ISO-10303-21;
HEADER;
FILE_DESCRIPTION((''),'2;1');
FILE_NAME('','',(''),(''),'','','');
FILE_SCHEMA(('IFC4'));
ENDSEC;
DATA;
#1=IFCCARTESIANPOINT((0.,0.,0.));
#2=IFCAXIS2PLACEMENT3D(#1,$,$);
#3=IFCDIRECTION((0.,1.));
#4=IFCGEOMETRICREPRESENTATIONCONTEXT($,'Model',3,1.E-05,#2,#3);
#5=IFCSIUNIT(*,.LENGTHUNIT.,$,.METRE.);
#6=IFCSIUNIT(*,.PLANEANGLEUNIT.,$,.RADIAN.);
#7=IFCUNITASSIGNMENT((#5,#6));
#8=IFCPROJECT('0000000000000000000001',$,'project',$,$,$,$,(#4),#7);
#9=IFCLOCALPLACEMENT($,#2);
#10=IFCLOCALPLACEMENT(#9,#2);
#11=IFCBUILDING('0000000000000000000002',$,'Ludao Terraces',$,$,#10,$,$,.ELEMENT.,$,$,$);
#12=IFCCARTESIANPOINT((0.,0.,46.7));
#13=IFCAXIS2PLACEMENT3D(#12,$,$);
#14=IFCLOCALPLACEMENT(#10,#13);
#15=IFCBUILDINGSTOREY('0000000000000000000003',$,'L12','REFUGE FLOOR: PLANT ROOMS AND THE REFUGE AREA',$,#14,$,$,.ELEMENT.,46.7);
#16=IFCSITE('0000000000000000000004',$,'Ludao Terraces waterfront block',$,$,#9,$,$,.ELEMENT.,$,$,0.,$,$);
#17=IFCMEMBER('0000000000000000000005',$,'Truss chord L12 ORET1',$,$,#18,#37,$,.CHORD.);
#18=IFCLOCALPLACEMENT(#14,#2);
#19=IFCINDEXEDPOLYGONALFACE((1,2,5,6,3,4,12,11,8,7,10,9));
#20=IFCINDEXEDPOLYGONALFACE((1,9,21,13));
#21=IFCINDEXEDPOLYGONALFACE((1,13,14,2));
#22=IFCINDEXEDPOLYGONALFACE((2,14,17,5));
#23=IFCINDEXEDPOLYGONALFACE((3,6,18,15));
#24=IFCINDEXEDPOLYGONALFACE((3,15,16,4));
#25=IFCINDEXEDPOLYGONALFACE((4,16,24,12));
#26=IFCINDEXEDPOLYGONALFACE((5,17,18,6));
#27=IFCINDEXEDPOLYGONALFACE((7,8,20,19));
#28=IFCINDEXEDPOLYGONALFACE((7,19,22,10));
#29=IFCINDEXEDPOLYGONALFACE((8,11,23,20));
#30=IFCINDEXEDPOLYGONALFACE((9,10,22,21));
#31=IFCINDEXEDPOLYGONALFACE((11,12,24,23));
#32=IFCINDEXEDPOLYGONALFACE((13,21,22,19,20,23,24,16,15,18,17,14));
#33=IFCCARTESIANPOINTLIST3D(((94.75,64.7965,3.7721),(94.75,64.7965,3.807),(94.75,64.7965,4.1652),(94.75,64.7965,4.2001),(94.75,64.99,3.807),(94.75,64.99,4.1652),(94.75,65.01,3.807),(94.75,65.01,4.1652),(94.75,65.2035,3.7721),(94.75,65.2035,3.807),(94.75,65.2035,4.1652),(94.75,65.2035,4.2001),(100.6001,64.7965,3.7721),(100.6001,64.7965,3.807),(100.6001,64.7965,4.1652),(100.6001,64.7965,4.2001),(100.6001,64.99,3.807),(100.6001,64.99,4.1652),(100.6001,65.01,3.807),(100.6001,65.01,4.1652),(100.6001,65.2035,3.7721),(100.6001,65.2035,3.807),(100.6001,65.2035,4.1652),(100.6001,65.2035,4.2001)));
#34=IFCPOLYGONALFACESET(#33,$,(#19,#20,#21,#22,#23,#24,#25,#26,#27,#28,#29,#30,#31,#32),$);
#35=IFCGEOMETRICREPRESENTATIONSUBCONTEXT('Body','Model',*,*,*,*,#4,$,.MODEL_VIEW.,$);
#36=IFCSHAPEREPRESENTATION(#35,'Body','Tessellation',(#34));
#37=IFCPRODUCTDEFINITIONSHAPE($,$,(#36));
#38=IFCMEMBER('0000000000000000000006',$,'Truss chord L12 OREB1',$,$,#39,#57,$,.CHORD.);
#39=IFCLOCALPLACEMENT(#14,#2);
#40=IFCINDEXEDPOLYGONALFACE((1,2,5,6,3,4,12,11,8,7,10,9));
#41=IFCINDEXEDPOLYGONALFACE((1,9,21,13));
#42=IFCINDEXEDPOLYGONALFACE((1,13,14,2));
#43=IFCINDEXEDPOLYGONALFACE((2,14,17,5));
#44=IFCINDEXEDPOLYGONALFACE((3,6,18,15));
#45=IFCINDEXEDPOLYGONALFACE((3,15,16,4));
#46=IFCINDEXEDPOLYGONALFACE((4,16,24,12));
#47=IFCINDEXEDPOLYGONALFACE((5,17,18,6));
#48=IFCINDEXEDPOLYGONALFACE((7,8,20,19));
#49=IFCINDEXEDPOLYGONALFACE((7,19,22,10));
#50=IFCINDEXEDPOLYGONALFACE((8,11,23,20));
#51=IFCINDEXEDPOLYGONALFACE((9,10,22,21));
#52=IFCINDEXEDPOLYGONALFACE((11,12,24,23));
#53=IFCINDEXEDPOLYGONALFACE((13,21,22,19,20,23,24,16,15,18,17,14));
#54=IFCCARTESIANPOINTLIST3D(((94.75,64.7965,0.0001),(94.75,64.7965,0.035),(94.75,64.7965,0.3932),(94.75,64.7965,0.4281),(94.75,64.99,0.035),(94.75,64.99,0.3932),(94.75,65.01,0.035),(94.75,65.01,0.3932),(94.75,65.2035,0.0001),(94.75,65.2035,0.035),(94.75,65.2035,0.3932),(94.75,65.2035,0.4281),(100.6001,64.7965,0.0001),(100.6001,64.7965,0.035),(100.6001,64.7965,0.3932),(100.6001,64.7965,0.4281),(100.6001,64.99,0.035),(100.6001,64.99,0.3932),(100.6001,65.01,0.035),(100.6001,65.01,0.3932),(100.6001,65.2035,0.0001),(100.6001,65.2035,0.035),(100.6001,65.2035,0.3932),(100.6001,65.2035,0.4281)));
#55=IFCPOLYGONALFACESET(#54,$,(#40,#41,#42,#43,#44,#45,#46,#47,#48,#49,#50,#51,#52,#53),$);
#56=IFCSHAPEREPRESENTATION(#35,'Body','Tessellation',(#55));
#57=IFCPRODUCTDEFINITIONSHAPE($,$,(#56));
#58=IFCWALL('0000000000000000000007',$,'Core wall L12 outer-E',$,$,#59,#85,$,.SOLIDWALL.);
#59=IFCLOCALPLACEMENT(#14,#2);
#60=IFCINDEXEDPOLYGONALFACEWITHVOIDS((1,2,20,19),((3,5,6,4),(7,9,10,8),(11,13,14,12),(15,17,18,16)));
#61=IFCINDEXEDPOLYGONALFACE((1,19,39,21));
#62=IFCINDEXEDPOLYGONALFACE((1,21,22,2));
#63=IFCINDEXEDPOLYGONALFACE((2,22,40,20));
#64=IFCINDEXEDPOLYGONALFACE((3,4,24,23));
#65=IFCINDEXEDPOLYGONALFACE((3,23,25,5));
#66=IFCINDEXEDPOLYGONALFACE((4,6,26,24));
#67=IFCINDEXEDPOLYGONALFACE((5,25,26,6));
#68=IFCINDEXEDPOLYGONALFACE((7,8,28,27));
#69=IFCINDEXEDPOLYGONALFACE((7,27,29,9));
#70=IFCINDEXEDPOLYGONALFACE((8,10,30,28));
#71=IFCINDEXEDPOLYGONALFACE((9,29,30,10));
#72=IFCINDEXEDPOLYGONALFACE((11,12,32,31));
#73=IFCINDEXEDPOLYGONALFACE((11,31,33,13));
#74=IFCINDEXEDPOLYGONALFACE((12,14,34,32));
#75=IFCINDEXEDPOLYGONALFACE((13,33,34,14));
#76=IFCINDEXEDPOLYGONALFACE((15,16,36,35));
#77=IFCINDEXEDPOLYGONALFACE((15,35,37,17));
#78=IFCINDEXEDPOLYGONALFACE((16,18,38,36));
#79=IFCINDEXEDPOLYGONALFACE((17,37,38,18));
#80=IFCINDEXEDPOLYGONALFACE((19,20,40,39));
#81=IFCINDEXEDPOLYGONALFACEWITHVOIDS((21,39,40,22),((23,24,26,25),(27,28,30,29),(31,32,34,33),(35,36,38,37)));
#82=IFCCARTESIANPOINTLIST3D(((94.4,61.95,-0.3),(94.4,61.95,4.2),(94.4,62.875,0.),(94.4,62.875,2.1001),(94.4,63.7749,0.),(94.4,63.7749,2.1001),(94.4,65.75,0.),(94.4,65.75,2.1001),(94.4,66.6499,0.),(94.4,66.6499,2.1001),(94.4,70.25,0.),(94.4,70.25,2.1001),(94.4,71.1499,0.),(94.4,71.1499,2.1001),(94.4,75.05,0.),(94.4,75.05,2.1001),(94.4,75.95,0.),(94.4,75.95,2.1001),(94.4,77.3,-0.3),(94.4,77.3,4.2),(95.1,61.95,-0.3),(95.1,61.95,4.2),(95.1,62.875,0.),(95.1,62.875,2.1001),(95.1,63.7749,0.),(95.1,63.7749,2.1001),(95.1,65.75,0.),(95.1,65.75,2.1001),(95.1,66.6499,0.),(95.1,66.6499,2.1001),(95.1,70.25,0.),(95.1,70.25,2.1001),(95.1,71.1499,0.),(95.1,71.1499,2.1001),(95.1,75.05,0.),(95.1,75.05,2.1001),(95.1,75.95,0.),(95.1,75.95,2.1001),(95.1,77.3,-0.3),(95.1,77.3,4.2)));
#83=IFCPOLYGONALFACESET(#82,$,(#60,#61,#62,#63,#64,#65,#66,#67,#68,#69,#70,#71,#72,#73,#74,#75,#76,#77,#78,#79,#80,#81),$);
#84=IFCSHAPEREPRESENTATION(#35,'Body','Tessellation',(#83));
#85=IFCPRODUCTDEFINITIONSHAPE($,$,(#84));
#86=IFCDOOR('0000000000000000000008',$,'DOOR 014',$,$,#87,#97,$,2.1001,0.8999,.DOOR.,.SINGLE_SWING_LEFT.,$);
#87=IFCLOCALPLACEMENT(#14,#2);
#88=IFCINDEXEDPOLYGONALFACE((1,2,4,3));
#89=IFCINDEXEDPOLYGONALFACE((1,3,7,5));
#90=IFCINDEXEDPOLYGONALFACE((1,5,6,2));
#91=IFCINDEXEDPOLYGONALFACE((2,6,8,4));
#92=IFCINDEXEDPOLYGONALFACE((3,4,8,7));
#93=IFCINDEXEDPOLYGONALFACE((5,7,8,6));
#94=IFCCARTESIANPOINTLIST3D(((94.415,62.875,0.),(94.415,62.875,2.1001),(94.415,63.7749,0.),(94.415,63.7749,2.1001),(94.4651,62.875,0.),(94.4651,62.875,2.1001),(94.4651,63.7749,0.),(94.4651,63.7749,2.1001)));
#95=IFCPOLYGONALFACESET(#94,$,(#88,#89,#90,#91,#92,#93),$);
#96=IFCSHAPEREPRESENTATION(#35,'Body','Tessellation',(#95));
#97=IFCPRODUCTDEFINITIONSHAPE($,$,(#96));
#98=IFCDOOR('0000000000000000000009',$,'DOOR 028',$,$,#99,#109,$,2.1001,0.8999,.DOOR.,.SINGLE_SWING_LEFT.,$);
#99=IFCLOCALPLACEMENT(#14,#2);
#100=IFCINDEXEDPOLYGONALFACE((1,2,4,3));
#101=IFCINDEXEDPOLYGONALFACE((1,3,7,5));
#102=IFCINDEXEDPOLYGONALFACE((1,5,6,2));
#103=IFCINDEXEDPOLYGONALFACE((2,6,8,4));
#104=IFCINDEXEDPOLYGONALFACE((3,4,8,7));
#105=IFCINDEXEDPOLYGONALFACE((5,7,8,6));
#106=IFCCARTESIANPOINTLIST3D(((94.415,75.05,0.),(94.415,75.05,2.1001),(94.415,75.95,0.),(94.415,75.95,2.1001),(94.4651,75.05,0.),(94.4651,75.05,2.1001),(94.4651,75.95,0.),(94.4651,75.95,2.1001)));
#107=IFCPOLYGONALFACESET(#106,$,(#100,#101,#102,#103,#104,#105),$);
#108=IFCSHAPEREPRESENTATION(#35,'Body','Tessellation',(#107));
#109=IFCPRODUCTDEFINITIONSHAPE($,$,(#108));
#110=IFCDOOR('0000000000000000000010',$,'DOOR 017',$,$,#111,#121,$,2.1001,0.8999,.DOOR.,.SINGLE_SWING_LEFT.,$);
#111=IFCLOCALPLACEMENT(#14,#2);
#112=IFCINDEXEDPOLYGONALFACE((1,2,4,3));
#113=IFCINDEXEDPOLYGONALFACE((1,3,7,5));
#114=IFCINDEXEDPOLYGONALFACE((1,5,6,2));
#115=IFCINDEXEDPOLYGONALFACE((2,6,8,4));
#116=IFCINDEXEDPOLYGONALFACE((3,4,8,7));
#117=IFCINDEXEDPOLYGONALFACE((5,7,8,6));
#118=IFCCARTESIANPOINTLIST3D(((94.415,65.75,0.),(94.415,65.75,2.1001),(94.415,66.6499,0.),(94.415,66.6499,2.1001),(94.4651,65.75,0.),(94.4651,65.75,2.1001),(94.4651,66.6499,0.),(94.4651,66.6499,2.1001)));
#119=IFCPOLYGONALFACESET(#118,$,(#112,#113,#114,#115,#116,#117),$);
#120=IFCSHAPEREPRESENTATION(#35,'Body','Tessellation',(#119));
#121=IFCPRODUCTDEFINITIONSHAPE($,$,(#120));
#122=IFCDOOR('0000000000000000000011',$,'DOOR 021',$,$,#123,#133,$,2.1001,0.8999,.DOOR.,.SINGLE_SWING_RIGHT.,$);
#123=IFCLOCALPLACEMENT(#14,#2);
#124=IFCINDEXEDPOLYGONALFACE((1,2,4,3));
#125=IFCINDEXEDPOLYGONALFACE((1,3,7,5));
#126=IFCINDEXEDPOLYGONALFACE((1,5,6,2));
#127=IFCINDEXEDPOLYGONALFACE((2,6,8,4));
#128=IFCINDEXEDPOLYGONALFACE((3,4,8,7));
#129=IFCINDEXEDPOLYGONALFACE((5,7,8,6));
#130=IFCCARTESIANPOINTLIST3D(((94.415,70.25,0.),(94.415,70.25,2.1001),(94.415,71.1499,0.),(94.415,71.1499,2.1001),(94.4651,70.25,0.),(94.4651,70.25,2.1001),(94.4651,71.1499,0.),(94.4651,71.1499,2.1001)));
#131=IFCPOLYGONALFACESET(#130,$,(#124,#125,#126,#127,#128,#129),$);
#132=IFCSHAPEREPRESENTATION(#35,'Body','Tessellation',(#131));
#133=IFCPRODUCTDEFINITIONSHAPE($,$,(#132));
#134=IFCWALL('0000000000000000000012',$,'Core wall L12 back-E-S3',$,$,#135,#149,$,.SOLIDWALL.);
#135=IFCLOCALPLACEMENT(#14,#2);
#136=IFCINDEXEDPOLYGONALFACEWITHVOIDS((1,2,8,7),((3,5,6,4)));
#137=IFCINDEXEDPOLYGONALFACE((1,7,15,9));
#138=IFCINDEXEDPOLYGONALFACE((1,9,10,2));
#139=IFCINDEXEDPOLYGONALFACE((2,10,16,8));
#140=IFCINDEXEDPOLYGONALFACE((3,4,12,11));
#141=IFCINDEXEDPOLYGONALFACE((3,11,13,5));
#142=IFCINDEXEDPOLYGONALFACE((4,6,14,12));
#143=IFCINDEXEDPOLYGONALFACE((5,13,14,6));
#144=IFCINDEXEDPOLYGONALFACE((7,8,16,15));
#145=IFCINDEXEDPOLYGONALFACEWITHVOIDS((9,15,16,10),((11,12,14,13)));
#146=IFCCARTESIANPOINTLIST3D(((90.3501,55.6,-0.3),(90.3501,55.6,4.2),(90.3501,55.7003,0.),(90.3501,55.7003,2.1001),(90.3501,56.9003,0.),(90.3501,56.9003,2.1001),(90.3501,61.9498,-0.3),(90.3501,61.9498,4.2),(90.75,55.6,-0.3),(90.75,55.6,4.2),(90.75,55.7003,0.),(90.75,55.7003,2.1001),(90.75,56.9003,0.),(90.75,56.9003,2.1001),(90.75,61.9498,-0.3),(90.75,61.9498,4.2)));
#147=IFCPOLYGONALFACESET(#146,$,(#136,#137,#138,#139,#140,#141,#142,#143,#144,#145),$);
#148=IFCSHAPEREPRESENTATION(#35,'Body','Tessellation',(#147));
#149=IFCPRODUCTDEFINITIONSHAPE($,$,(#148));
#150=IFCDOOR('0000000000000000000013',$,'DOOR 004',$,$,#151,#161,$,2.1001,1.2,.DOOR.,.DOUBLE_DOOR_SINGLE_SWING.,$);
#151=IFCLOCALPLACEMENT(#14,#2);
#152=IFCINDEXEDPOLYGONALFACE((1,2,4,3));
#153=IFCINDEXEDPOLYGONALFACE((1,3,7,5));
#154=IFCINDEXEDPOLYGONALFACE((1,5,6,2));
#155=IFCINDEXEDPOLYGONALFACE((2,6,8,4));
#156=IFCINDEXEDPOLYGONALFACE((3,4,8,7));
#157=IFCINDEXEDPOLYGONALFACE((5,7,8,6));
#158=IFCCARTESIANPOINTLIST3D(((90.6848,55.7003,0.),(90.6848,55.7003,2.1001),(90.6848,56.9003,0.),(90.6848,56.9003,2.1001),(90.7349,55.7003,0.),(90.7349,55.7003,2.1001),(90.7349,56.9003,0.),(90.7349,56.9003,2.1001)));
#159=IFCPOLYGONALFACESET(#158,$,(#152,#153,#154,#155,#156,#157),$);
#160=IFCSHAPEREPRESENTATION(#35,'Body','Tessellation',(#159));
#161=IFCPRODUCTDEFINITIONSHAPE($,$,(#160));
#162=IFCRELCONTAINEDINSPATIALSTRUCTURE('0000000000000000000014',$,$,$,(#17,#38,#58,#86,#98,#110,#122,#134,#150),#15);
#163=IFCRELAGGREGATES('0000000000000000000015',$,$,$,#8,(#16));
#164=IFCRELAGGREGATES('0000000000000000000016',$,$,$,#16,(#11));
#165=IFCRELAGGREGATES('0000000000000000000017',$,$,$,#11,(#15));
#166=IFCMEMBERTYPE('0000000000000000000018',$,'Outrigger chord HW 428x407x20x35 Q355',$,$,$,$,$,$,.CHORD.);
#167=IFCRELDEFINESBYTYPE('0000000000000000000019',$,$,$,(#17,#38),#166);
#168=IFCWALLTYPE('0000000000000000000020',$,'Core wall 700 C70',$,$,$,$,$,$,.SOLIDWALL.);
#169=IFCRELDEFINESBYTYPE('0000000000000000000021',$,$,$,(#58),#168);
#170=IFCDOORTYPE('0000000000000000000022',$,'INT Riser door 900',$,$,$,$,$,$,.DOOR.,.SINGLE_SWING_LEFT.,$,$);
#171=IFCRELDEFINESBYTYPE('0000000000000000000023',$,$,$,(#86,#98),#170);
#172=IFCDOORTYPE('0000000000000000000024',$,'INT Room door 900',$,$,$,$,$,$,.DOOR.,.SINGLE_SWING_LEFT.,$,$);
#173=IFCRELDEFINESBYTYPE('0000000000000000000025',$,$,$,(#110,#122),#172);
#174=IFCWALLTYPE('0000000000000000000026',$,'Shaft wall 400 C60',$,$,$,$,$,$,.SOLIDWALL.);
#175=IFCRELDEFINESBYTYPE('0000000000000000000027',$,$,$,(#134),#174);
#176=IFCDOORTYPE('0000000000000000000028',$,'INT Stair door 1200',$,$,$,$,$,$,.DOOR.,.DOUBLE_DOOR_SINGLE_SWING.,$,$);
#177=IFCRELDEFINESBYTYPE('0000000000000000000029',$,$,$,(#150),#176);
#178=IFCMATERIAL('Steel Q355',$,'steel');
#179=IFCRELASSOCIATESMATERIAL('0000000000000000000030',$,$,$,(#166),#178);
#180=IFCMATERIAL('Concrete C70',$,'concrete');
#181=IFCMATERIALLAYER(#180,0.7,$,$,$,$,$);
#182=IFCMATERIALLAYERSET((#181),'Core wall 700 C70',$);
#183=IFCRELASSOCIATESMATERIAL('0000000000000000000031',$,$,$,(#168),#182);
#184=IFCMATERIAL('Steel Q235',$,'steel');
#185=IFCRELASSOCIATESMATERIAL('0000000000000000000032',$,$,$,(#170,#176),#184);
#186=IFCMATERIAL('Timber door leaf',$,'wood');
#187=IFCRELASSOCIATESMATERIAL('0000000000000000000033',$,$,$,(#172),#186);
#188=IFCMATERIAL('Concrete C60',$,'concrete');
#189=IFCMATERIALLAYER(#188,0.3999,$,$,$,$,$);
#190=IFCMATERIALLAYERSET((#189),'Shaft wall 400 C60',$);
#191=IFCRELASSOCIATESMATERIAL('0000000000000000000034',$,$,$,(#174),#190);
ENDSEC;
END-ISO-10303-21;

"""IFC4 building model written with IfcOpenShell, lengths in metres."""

from ifc_helpers import new_model, si_unit, direction, frame, frame_2d, origin, origin_2d, place, context, subcontext, project, spatial, rectangle, i_section, extrude, material, layer, layer_set, material_profile, profile_set, type_object, element, fill, save


model = new_model("IFC4")

# Units and contexts
model_context = context("Model", 3, precision=1e-05, world=origin(), true_north=direction((0.0, 1.0)))
body_context = subcontext(model_context, "Body", "Model", "MODEL_VIEW")
ifc_project = project(units=[si_unit("LENGTHUNIT", "METRE"), si_unit("PLANEANGLEUNIT", "RADIAN")], contexts=[model_context])

# Site, building, storey
site_placement = place(None, origin())
site = spatial("IfcSite", under=ifc_project, at=site_placement, Name="Ludao Terraces waterfront block", CompositionType="ELEMENT", RefElevation=0.0)
building_placement = place(site_placement, origin())
building = spatial("IfcBuilding", under=site, at=building_placement, Name="Ludao Terraces", CompositionType="ELEMENT")
storey_placement = place(building_placement, frame((0.0, 0.0, 46.7)))
storey = spatial("IfcBuildingStorey", under=building, at=storey_placement, Name="L12", Description="REFUGE FLOOR: PLANT ROOMS AND THE REFUGE AREA", CompositionType="ELEMENT", Elevation=46.7)

# Members
ifc_material_1 = material(Name="Steel Q355", Category="steel")
ifc_material_profile = material_profile(ifc_material_1, i_section(OverallWidth=0.407, OverallDepth=0.428, WebThickness=0.02, FlangeThickness=0.0349, at=origin_2d()), Name="HW 428X407X20X35")
ifc_profile_set = profile_set([ifc_material_profile], Name="Steel Q355")
member_type = type_object("IfcMemberType", Name="Outrigger chord HW 428x407x20x35 Q355", PredefinedType="CHORD", material=ifc_profile_set)
for number, where, z_axis, x_axis, name in (
    (1, (94.75, 65.0, 3.9861), (1.0, 0.0, 0.0), (0.0, 1.0, 0.0), "Truss chord L12 ORET1"),
    (2, (94.75, 65.0, 0.2141), (1.0, 0.0, 0.0), (0.0, 1.0, 0.0), "Truss chord L12 OREB1"),
):
    element("IfcMember", number, at=place(storey_placement, frame(where, z_axis=z_axis, x_axis=x_axis)), inside=storey, type_object=member_type, Name=name, PredefinedType="CHORD", context=body_context, shape_type="SweptSolid", body=[
        extrude(i_section(OverallWidth=0.407, OverallDepth=0.428, WebThickness=0.02, FlangeThickness=0.0349, at=origin_2d()), origin(), (0.0, 0.0, 1.0), 5.8501),
    ])

# Wall, openings, doors
ifc_material_2 = material(Name="Concrete C70", Category="concrete")
ifc_layer_1 = layer(ifc_material_2, 0.7)
ifc_layer_set_1 = layer_set([ifc_layer_1], Name="Core wall 700 C70")
wall_type_1 = type_object("IfcWallType", Name="Core wall 700 C70", PredefinedType="SOLIDWALL", material=ifc_layer_set_1)
wall_1_placement = place(storey_placement, frame((94.75, 61.95, -0.3), z_axis=(0.0, 0.0, 1.0), x_axis=(0.0, 1.0, 0.0)))
wall_1 = element("IfcWall", 3, at=wall_1_placement, inside=storey, type_object=wall_type_1, Name="Core wall L12 outer-E", PredefinedType="SOLIDWALL", context=body_context, shape_type="SweptSolid", body=[
    extrude(rectangle(XDim=15.3501, YDim=0.7, at=frame_2d((7.675, 0.0))), origin(), (0.0, 0.0, 1.0), 4.5),
])
opening_1_placement = place(wall_1_placement, frame((0.925, 0.0, 0.3)))
opening_1 = element("IfcOpeningElement", 4, at=opening_1_placement, cuts=wall_1, PredefinedType="OPENING", context=body_context, shape_type="SweptSolid", body=[
    extrude(rectangle(XDim=0.8999, YDim=2.1001, at=frame_2d((0.45, 1.05))), frame((0.0, 0.3599, 0.0), z_axis=(0.0, -1.0, 0.0), x_axis=(1.0, 0.0, 0.0)), (0.0, 0.0, 1.0), 0.72),
])
opening_2_placement = place(wall_1_placement, frame((3.8, 0.0, 0.3)))
opening_2 = element("IfcOpeningElement", 5, at=opening_2_placement, cuts=wall_1, PredefinedType="OPENING", context=body_context, shape_type="SweptSolid", body=[
    extrude(rectangle(XDim=0.8999, YDim=2.1001, at=frame_2d((0.45, 1.05))), frame((0.0, 0.3599, 0.0), z_axis=(0.0, -1.0, 0.0), x_axis=(1.0, 0.0, 0.0)), (0.0, 0.0, 1.0), 0.72),
])
opening_3_placement = place(wall_1_placement, frame((8.3, 0.0, 0.3)))
opening_3 = element("IfcOpeningElement", 6, at=opening_3_placement, cuts=wall_1, PredefinedType="OPENING", context=body_context, shape_type="SweptSolid", body=[
    extrude(rectangle(XDim=0.8999, YDim=2.1001, at=frame_2d((0.45, 1.05))), frame((0.0, 0.3599, 0.0), z_axis=(0.0, -1.0, 0.0), x_axis=(1.0, 0.0, 0.0)), (0.0, 0.0, 1.0), 0.72),
])
opening_4_placement = place(wall_1_placement, frame((13.1001, 0.0, 0.3)))
opening_4 = element("IfcOpeningElement", 7, at=opening_4_placement, cuts=wall_1, PredefinedType="OPENING", context=body_context, shape_type="SweptSolid", body=[
    extrude(rectangle(XDim=0.8999, YDim=2.1001, at=frame_2d((0.45, 1.05))), frame((0.0, 0.3599, 0.0), z_axis=(0.0, -1.0, 0.0), x_axis=(1.0, 0.0, 0.0)), (0.0, 0.0, 1.0), 0.72),
])
ifc_material_3 = material(Name="Steel Q235", Category="steel")
door_type_1 = type_object("IfcDoorType", Name="INT Riser door 900", OperationType="SINGLE_SWING_LEFT", PredefinedType="DOOR", material=ifc_material_3)
door_1_placement = place(opening_1_placement, origin())
door_1 = element("IfcDoor", 8, at=door_1_placement, inside=storey, type_object=door_type_1, Name="DOOR 014", OperationType="SINGLE_SWING_LEFT", OverallHeight=2.1001, OverallWidth=0.8999, PredefinedType="DOOR", context=body_context, shape_type="SweptSolid", body=[
    extrude(rectangle(XDim=0.8999, YDim=2.1001, at=frame_2d((0.45, 1.05))), frame((0.0, 0.335, 0.0), z_axis=(0.0, -1.0, 0.0), x_axis=(1.0, 0.0, 0.0)), (0.0, 0.0, 1.0), 0.05),
])
fill(opening_1, door_1)
door_2_placement = place(opening_4_placement, origin())
door_2 = element("IfcDoor", 9, at=door_2_placement, inside=storey, type_object=door_type_1, Name="DOOR 028", OperationType="SINGLE_SWING_LEFT", OverallHeight=2.1001, OverallWidth=0.8999, PredefinedType="DOOR", context=body_context, shape_type="SweptSolid", body=[
    extrude(rectangle(XDim=0.8999, YDim=2.1001, at=frame_2d((0.45, 1.05))), frame((0.0, 0.335, 0.0), z_axis=(0.0, -1.0, 0.0), x_axis=(1.0, 0.0, 0.0)), (0.0, 0.0, 1.0), 0.05),
])
fill(opening_4, door_2)
ifc_material_4 = material(Name="Timber door leaf", Category="wood")
door_type_2 = type_object("IfcDoorType", Name="INT Room door 900", OperationType="SINGLE_SWING_LEFT", PredefinedType="DOOR", material=ifc_material_4)
door_3_placement = place(opening_2_placement, origin())
door_3 = element("IfcDoor", 10, at=door_3_placement, inside=storey, type_object=door_type_2, Name="DOOR 017", OperationType="SINGLE_SWING_LEFT", OverallHeight=2.1001, OverallWidth=0.8999, PredefinedType="DOOR", context=body_context, shape_type="SweptSolid", body=[
    extrude(rectangle(XDim=0.8999, YDim=2.1001, at=frame_2d((0.45, 1.05))), frame((0.0, 0.335, 0.0), z_axis=(0.0, -1.0, 0.0), x_axis=(1.0, 0.0, 0.0)), (0.0, 0.0, 1.0), 0.05),
])
fill(opening_2, door_3)
door_4_placement = place(opening_3_placement, origin())
door_4 = element("IfcDoor", 11, at=door_4_placement, inside=storey, type_object=door_type_2, Name="DOOR 021", OperationType="SINGLE_SWING_RIGHT", OverallHeight=2.1001, OverallWidth=0.8999, PredefinedType="DOOR", context=body_context, shape_type="SweptSolid", body=[
    extrude(rectangle(XDim=0.8999, YDim=2.1001, at=frame_2d((0.45, 1.05))), frame((0.0, 0.335, 0.0), z_axis=(0.0, -1.0, 0.0), x_axis=(1.0, 0.0, 0.0)), (0.0, 0.0, 1.0), 0.05),
])
fill(opening_3, door_4)

# Wall, opening, door
ifc_material_5 = material(Name="Concrete C60", Category="concrete")
ifc_layer_2 = layer(ifc_material_5, 0.3999)
ifc_layer_set_2 = layer_set([ifc_layer_2], Name="Shaft wall 400 C60")
wall_type_2 = type_object("IfcWallType", Name="Shaft wall 400 C60", PredefinedType="SOLIDWALL", material=ifc_layer_set_2)
wall_2_placement = place(storey_placement, frame((90.55, 55.6001, -0.3), z_axis=(0.0, 0.0, 1.0), x_axis=(0.0, 1.0, 0.0)))
wall_2 = element("IfcWall", 12, at=wall_2_placement, inside=storey, type_object=wall_type_2, Name="Core wall L12 back-E-S3", PredefinedType="SOLIDWALL", context=body_context, shape_type="SweptSolid", body=[
    extrude(rectangle(XDim=6.3499, YDim=0.3999, at=frame_2d((3.1748, 0.0))), origin(), (0.0, 0.0, 1.0), 4.5),
])
opening_5_placement = place(wall_2_placement, frame((0.1001, 0.0, 0.3)))
opening_5 = element("IfcOpeningElement", 13, at=opening_5_placement, cuts=wall_2, PredefinedType="OPENING", context=body_context, shape_type="SweptSolid", body=[
    extrude(rectangle(XDim=1.2, YDim=2.1001, at=frame_2d((0.6001, 1.05))), frame((0.0, 0.21, 0.0), z_axis=(0.0, -1.0, 0.0), x_axis=(1.0, 0.0, 0.0)), (0.0, 0.0, 1.0), 0.4199),
])
door_type_3 = type_object("IfcDoorType", Name="INT Stair door 1200", OperationType="DOUBLE_DOOR_SINGLE_SWING", PredefinedType="DOOR", material=ifc_material_3)
door_5_placement = place(opening_5_placement, origin())
door_5 = element("IfcDoor", 14, at=door_5_placement, inside=storey, type_object=door_type_3, Name="DOOR 004", OperationType="DOUBLE_DOOR_SINGLE_SWING", OverallHeight=2.1001, OverallWidth=1.2, PredefinedType="DOOR", context=body_context, shape_type="SweptSolid", body=[
    extrude(rectangle(XDim=1.2, YDim=2.1001, at=frame_2d((0.6001, 1.05))), frame((0.0, -0.1348, 0.0), z_axis=(0.0, -1.0, 0.0), x_axis=(1.0, 0.0, 0.0)), (0.0, 0.0, 1.0), 0.05),
])
fill(opening_5, door_5)

save(model, "model.ifc")
